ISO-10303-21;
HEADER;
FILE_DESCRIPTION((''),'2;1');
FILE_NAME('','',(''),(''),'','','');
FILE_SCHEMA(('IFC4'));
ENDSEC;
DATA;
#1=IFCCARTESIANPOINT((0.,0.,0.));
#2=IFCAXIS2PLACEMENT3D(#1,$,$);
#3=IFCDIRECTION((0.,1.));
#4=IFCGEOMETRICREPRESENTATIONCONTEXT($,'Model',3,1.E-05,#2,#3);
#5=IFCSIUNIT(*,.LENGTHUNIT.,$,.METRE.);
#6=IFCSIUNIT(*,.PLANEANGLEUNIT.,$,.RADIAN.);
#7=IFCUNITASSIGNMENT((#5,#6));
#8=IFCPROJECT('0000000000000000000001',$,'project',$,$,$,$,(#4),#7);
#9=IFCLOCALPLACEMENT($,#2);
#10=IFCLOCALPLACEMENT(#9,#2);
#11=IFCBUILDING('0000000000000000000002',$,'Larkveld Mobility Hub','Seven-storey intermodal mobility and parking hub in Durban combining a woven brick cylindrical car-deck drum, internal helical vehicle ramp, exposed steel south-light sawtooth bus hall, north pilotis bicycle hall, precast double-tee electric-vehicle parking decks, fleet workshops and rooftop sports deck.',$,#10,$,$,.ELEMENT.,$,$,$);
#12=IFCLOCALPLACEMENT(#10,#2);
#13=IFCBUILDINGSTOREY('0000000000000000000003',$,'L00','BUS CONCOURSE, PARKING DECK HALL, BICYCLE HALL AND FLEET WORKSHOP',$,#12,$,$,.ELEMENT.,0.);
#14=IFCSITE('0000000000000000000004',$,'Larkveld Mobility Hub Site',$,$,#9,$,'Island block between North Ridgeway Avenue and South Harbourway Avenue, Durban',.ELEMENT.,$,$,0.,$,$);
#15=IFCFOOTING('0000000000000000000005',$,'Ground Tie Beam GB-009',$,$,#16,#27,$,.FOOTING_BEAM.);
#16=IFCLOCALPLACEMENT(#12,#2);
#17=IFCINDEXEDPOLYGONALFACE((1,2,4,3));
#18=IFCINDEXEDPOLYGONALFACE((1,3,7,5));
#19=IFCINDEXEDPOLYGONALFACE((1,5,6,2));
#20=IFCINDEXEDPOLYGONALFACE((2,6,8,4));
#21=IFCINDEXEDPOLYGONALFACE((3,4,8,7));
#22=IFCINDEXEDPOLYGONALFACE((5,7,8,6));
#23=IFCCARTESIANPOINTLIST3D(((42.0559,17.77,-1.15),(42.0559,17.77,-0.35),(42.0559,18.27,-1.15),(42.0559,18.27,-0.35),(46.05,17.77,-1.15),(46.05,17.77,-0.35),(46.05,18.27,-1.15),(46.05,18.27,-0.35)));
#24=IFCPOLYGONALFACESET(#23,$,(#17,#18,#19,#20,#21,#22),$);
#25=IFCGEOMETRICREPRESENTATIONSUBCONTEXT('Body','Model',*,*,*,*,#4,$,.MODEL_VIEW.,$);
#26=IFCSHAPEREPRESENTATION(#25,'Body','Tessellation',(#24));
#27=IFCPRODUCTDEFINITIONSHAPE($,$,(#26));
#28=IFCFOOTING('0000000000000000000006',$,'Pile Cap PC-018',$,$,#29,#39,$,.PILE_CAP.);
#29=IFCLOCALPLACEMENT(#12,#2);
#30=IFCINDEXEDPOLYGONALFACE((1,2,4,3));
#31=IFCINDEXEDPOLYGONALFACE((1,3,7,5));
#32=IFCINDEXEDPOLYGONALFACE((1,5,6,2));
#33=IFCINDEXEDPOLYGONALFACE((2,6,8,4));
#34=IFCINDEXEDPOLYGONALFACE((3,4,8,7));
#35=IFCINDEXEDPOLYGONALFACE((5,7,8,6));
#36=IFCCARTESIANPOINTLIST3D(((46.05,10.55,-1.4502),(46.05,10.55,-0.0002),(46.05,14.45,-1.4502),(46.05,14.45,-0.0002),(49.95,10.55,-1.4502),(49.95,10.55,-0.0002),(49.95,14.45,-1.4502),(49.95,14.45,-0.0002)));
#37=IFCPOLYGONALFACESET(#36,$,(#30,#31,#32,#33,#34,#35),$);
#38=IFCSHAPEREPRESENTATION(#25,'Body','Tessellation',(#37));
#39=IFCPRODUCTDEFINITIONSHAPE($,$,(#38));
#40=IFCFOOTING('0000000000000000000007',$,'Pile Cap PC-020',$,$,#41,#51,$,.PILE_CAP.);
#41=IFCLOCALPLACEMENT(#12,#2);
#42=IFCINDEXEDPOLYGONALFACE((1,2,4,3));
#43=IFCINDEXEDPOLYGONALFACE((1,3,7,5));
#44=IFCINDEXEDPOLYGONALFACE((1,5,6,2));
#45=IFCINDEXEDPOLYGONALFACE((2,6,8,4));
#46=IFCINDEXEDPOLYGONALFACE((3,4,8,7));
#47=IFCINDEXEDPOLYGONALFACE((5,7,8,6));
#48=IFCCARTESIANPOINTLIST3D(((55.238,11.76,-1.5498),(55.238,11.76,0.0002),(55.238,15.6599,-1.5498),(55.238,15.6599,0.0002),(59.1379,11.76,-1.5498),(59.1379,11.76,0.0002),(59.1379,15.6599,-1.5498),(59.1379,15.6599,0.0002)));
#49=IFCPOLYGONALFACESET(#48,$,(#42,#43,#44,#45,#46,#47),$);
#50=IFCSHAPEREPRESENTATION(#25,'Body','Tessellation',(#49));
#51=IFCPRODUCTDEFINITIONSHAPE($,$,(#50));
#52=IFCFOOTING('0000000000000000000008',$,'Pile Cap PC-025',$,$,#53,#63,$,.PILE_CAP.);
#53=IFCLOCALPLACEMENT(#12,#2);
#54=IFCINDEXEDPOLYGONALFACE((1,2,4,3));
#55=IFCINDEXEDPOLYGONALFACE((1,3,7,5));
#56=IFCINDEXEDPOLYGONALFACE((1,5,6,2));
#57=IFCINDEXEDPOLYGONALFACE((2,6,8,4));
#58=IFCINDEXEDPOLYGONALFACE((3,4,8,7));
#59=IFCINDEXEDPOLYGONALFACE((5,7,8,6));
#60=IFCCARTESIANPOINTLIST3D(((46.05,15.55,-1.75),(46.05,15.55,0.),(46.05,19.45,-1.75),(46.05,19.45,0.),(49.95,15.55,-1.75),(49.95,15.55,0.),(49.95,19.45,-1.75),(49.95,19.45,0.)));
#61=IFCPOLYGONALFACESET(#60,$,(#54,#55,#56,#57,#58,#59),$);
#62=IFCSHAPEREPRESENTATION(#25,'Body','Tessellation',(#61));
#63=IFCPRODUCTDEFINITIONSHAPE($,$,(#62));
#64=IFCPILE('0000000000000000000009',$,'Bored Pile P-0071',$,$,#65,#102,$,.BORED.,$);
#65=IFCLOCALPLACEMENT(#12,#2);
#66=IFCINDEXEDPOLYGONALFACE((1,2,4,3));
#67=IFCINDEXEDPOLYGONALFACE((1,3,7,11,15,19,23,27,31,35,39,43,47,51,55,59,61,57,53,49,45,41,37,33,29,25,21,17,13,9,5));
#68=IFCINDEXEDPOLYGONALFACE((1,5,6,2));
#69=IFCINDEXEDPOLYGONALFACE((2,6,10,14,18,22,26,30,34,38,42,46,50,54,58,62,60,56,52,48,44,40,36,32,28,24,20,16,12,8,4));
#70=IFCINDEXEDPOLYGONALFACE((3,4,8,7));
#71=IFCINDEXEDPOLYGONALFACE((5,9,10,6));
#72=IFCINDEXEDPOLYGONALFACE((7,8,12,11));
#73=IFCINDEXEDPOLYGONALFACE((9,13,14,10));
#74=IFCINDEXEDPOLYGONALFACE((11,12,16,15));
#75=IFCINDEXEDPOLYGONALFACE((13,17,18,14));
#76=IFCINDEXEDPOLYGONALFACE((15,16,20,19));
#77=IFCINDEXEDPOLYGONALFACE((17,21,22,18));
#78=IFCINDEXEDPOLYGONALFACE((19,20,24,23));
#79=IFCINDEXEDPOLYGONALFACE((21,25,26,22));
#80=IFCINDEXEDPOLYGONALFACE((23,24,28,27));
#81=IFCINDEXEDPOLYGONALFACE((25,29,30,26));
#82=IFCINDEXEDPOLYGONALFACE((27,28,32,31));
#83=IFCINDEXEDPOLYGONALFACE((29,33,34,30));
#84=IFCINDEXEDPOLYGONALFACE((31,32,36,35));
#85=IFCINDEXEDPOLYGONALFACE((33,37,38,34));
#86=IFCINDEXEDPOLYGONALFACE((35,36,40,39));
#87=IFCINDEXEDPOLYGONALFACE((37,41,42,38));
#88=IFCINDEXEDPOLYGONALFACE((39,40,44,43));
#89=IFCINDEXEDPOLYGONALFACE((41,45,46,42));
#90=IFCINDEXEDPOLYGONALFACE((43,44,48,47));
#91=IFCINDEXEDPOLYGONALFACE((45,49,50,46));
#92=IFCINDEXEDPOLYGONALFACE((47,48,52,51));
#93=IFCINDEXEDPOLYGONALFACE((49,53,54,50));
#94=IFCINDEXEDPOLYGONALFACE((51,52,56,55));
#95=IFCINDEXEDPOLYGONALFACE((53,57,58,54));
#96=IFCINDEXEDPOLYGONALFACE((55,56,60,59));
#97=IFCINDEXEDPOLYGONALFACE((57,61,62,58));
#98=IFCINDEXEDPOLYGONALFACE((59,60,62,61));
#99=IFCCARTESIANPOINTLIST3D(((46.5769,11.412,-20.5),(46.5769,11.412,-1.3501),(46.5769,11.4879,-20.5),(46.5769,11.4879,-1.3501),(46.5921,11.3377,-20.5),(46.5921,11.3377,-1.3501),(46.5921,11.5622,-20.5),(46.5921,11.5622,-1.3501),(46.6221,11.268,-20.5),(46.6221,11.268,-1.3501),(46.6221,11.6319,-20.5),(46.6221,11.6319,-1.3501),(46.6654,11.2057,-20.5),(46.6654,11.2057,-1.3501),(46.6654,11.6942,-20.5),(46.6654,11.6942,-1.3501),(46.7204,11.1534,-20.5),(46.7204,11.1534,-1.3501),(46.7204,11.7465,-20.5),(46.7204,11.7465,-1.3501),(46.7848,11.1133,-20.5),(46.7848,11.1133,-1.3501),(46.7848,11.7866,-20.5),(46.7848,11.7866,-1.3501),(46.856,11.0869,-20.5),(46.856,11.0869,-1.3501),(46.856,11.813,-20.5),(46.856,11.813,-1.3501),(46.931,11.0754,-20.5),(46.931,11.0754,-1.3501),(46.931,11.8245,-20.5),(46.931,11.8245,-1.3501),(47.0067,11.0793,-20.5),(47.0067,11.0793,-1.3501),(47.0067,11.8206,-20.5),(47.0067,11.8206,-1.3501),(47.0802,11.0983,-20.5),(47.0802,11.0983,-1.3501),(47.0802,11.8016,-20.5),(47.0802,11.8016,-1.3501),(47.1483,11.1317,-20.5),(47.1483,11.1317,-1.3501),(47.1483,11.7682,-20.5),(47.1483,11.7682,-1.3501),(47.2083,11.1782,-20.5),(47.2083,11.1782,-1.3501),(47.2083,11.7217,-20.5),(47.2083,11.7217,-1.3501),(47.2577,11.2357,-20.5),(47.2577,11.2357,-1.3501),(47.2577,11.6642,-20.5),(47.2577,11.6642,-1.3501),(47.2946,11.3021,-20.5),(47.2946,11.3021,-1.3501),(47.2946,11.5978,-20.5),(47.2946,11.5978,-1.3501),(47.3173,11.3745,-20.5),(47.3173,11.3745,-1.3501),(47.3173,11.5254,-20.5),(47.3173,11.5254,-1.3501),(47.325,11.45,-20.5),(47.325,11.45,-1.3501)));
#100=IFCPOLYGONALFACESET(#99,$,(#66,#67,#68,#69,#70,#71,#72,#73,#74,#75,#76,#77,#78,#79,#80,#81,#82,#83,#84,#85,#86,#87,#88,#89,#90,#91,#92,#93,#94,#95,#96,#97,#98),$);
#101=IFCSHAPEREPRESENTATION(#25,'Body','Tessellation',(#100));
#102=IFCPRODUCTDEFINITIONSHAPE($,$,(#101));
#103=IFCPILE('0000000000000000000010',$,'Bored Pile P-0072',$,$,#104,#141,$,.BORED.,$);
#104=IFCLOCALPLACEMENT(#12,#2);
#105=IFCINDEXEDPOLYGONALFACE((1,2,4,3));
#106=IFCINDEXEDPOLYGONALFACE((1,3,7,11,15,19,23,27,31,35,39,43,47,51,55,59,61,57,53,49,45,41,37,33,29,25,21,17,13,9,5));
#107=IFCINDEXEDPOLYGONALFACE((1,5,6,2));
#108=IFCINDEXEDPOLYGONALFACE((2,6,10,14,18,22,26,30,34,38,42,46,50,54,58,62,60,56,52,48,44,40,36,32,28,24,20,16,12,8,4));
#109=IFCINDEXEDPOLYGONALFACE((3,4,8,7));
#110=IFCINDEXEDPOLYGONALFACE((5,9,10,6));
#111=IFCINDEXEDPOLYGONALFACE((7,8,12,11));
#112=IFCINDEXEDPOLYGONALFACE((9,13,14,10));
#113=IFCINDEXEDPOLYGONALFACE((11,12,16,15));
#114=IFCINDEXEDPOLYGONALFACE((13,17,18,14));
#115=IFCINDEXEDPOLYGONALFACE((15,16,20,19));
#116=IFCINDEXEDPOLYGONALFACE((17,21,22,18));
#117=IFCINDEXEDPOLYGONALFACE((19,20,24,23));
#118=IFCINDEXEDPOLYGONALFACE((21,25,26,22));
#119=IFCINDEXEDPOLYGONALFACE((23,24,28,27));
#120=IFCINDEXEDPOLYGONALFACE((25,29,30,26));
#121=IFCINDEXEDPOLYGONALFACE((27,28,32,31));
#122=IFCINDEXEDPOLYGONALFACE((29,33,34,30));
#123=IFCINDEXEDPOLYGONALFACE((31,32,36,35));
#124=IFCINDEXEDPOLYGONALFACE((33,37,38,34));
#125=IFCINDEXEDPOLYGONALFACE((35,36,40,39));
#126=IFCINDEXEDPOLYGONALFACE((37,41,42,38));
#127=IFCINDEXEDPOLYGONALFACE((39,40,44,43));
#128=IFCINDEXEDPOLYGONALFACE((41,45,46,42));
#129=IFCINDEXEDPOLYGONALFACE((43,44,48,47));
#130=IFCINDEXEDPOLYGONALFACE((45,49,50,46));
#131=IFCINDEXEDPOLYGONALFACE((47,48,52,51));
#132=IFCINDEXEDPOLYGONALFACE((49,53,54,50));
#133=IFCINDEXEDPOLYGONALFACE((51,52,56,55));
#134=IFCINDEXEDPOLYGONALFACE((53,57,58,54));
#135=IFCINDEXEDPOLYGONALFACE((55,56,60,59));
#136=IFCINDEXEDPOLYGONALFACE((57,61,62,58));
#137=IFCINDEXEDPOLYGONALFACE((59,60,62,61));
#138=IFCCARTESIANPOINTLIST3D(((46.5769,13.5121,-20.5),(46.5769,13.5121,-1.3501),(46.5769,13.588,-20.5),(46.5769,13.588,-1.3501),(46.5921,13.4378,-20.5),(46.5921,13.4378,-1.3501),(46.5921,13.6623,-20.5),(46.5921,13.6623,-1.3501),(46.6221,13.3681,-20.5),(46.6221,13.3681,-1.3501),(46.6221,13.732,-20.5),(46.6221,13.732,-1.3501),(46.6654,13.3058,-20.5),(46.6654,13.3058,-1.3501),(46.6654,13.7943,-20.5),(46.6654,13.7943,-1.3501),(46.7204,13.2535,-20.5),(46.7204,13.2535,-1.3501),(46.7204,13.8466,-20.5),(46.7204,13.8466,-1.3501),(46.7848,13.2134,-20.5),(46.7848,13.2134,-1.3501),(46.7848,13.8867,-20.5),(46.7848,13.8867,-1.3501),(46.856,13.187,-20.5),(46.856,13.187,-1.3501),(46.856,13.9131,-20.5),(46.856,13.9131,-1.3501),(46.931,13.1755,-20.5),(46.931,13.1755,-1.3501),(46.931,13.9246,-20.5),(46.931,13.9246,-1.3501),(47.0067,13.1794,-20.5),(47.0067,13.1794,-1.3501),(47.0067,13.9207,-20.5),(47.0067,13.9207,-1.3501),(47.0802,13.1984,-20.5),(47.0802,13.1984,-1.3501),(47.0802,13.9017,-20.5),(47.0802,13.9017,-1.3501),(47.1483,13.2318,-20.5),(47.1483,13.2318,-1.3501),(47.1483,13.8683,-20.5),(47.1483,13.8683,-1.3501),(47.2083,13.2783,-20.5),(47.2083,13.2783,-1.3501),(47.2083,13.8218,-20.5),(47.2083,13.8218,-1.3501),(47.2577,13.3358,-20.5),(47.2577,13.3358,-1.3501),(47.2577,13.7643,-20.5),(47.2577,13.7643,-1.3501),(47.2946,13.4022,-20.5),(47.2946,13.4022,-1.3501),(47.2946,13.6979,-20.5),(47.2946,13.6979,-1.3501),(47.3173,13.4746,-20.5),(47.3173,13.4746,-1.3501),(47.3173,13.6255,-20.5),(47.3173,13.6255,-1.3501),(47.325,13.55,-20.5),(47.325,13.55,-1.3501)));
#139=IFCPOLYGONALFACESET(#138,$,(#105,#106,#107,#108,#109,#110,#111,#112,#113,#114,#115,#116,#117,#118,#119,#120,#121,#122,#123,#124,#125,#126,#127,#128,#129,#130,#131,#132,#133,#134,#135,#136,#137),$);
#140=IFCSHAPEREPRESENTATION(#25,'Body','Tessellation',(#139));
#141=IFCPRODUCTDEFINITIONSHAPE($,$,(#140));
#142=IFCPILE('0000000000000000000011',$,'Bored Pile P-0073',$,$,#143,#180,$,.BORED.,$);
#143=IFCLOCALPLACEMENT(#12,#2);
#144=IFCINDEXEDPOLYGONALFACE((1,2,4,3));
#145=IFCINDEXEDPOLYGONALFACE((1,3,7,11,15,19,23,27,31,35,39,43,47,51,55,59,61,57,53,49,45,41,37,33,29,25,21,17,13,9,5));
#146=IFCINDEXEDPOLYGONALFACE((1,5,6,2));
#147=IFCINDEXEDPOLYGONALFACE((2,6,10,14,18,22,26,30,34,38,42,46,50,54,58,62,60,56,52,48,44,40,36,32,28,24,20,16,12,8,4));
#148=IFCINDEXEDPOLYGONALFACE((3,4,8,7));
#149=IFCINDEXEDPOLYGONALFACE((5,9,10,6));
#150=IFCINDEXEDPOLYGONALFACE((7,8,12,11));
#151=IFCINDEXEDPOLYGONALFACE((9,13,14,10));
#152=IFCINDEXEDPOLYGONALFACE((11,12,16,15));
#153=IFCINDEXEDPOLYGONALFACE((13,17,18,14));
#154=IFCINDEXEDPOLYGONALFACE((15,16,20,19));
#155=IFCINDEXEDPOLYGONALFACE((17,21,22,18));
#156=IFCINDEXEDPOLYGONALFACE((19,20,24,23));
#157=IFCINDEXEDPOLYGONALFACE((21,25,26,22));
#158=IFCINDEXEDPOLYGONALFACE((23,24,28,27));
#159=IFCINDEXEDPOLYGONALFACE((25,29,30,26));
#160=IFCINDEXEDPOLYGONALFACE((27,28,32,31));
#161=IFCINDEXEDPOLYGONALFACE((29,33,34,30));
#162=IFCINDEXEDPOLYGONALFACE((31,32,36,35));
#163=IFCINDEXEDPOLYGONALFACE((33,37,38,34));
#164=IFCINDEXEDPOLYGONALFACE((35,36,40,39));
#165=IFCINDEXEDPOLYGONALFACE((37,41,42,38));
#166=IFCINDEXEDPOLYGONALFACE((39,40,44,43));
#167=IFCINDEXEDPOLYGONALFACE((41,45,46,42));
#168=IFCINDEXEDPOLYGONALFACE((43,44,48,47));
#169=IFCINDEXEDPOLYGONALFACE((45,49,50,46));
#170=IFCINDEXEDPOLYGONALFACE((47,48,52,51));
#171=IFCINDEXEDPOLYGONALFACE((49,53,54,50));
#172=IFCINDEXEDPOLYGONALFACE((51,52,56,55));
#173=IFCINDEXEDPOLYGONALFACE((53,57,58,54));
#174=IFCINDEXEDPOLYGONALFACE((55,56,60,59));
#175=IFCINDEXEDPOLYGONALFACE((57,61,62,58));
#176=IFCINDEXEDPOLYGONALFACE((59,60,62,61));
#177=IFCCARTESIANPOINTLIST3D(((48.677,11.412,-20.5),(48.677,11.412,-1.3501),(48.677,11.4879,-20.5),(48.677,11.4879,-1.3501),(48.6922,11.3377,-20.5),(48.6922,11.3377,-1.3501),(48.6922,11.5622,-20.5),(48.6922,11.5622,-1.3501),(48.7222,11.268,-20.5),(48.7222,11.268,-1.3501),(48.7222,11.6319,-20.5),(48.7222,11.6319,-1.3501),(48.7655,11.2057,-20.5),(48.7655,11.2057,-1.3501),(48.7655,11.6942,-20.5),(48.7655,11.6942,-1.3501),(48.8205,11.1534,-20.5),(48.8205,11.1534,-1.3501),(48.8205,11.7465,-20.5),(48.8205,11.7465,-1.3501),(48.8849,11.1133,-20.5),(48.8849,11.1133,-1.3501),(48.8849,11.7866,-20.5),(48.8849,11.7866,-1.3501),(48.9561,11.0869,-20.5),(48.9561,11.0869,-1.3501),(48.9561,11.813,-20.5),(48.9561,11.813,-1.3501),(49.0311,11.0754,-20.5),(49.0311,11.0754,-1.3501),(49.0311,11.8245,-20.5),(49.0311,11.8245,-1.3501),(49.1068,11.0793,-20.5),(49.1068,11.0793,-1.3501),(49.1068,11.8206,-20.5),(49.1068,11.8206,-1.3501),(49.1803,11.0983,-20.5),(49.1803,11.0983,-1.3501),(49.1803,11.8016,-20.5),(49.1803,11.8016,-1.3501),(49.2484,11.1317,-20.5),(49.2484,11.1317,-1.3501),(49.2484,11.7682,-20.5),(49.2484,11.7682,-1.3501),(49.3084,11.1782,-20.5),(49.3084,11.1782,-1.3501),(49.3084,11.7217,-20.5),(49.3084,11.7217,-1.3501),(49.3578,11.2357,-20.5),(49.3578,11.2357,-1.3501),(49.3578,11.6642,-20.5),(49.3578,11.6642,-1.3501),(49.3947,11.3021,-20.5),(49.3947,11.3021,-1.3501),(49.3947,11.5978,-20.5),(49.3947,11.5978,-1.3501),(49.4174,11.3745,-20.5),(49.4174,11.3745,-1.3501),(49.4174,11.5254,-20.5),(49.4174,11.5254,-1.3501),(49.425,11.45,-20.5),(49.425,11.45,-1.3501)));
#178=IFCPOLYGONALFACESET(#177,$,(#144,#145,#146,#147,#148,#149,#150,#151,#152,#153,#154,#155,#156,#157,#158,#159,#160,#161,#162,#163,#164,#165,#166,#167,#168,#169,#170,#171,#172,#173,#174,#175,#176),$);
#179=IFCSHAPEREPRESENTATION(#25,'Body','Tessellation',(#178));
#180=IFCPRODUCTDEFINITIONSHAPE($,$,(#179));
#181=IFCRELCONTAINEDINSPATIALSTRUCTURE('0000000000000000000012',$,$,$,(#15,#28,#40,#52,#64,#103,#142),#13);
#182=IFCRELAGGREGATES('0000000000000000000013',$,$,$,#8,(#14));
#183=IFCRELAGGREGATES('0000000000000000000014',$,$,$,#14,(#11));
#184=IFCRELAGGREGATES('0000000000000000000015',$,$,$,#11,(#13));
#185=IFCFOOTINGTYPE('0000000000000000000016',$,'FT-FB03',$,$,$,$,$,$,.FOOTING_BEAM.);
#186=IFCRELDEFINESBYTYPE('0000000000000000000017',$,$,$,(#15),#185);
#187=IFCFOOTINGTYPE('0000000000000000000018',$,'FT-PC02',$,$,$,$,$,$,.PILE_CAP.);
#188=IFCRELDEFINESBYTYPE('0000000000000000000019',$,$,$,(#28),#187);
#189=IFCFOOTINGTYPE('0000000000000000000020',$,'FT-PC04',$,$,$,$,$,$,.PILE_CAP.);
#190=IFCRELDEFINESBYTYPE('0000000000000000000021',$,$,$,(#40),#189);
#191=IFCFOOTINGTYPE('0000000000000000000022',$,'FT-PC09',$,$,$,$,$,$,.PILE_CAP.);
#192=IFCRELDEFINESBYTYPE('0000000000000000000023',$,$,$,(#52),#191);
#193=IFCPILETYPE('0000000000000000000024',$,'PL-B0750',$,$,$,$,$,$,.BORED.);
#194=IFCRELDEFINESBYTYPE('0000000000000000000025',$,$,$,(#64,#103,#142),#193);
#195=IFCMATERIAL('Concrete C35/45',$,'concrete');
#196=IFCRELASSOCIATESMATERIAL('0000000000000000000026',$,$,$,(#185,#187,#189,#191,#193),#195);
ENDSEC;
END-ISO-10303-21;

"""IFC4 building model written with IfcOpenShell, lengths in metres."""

from ifc_helpers import new_model, si_unit, direction, frame, origin, origin_2d, place, context, subcontext, project, spatial, rectangle, circle, extrude, material, material_profile, profile_set, type_object, element, save


model = new_model("IFC4")

# Units and contexts
model_context = context("Model", 3, precision=1e-05, world=origin(), true_north=direction((0.0, 1.0)))
body_context = subcontext(model_context, "Body", "Model", "MODEL_VIEW")
ifc_project = project(units=[si_unit("LENGTHUNIT", "METRE"), si_unit("PLANEANGLEUNIT", "RADIAN")], contexts=[model_context])

# Site, building, storey
site_placement = place(None, origin())
site = spatial("IfcSite", under=ifc_project, at=site_placement, Name="Larkveld Mobility Hub Site", LongName="Island block between North Ridgeway Avenue and South Harbourway Avenue, Durban", CompositionType="ELEMENT", RefElevation=0.0)
building_placement = place(site_placement, origin())
building = spatial("IfcBuilding", under=site, at=building_placement, Name="Larkveld Mobility Hub", Description="Seven-storey intermodal mobility and parking hub in Durban combining a woven brick cylindrical car-deck drum, internal helical vehicle ramp, exposed steel south-light sawtooth bus hall, north pilotis bicycle hall, precast double-tee electric-vehicle parking decks, fleet workshops and rooftop sports deck.", CompositionType="ELEMENT")
storey_placement = place(building_placement, origin())
storey = spatial("IfcBuildingStorey", under=building, at=storey_placement, Name="L00", Description="BUS CONCOURSE, PARKING DECK HALL, BICYCLE HALL AND FLEET WORKSHOP", CompositionType="ELEMENT", Elevation=0.0)

# Footings
ifc_material_1 = material(Name="Concrete C35/45", Category="concrete")
ifc_material_profile_1 = material_profile(ifc_material_1, rectangle(XDim=0.5, YDim=0.8, at=origin_2d()), Name="RC BM 500x800")
ifc_profile_set_1 = profile_set([ifc_material_profile_1], Name="Concrete C35/45")
footing_type_1 = type_object("IfcFootingType", Name="FT-FB03", PredefinedType="FOOTING_BEAM", material=ifc_profile_set_1)
footing_1_placement = place(storey_placement, frame((42.0559, 18.02, -0.75), z_axis=(1.0, 0.0, 0.0), x_axis=(0.0, 1.0, 0.0)))
element("IfcFooting", 1, at=footing_1_placement, inside=storey, type_object=footing_type_1, Name="Ground Tie Beam GB-009", PredefinedType="FOOTING_BEAM", context=body_context, shape_type="SweptSolid", body=[
    extrude(rectangle(XDim=0.5, YDim=0.8, at=origin_2d()), origin(), (0.0, 0.0, 1.0), 3.9941),
])
footing_type_2 = type_object("IfcFootingType", Name="FT-PC02", PredefinedType="PILE_CAP", material=ifc_material_1)
footing_2_placement = place(storey_placement, frame((48.0, 12.5, -1.4502), z_axis=(0.0, 0.0, 1.0), x_axis=(1.0, 0.0, 0.0)))
element("IfcFooting", 2, at=footing_2_placement, inside=storey, type_object=footing_type_2, Name="Pile Cap PC-018", PredefinedType="PILE_CAP", context=body_context, shape_type="SweptSolid", body=[
    extrude(rectangle(XDim=3.8999, YDim=3.8999, at=origin_2d()), origin(), (0.0, 0.0, 1.0), 1.45),
])
footing_type_3 = type_object("IfcFootingType", Name="FT-PC04", PredefinedType="PILE_CAP", material=ifc_material_1)
footing_3_placement = place(storey_placement, frame((57.188, 13.71, -1.5498), z_axis=(0.0, 0.0, 1.0), x_axis=(1.0, 0.0, 0.0)))
element("IfcFooting", 3, at=footing_3_placement, inside=storey, type_object=footing_type_3, Name="Pile Cap PC-020", PredefinedType="PILE_CAP", context=body_context, shape_type="SweptSolid", body=[
    extrude(rectangle(XDim=3.8999, YDim=3.8999, at=origin_2d()), origin(), (0.0, 0.0, 1.0), 1.55),
])
footing_type_4 = type_object("IfcFootingType", Name="FT-PC09", PredefinedType="PILE_CAP", material=ifc_material_1)
footing_4_placement = place(storey_placement, frame((48.0, 17.5, -1.75), z_axis=(0.0, 0.0, 1.0), x_axis=(1.0, 0.0, 0.0)))
element("IfcFooting", 4, at=footing_4_placement, inside=storey, type_object=footing_type_4, Name="Pile Cap PC-025", PredefinedType="PILE_CAP", context=body_context, shape_type="SweptSolid", body=[
    extrude(rectangle(XDim=3.8999, YDim=3.8999, at=origin_2d()), origin(), (0.0, 0.0, 1.0), 1.75),
])

# Piles
ifc_material_profile_2 = material_profile(ifc_material_1, circle(Radius=0.375, at=origin_2d()), Name="PILE D750")
ifc_profile_set_2 = profile_set([ifc_material_profile_2], Name="Concrete C35/45")
pile_type_1 = type_object("IfcPileType", Name="PL-B0750", PredefinedType="BORED", material=ifc_profile_set_2)
for number, where, z_axis, x_axis, name in (
    (5, (46.95, 11.45, -1.3501), (0.0, 0.0, -1.0), (1.0, 0.0, 0.0), "Bored Pile P-0071"),
    (6, (46.95, 13.55, -1.3501), (0.0, 0.0, -1.0), (1.0, 0.0, 0.0), "Bored Pile P-0072"),
    (7, (49.05, 11.45, -1.3501), (0.0, 0.0, -1.0), (1.0, 0.0, 0.0), "Bored Pile P-0073"),
):
    element("IfcPile", number, at=place(storey_placement, frame(where, z_axis=z_axis, x_axis=x_axis)), inside=storey, type_object=pile_type_1, Name=name, PredefinedType="BORED", context=body_context, shape_type="SweptSolid", body=[
        extrude(circle(Radius=0.375, at=origin_2d()), origin(), (0.0, 0.0, 1.0), 19.1499),
    ])

save(model, "model.ifc")
